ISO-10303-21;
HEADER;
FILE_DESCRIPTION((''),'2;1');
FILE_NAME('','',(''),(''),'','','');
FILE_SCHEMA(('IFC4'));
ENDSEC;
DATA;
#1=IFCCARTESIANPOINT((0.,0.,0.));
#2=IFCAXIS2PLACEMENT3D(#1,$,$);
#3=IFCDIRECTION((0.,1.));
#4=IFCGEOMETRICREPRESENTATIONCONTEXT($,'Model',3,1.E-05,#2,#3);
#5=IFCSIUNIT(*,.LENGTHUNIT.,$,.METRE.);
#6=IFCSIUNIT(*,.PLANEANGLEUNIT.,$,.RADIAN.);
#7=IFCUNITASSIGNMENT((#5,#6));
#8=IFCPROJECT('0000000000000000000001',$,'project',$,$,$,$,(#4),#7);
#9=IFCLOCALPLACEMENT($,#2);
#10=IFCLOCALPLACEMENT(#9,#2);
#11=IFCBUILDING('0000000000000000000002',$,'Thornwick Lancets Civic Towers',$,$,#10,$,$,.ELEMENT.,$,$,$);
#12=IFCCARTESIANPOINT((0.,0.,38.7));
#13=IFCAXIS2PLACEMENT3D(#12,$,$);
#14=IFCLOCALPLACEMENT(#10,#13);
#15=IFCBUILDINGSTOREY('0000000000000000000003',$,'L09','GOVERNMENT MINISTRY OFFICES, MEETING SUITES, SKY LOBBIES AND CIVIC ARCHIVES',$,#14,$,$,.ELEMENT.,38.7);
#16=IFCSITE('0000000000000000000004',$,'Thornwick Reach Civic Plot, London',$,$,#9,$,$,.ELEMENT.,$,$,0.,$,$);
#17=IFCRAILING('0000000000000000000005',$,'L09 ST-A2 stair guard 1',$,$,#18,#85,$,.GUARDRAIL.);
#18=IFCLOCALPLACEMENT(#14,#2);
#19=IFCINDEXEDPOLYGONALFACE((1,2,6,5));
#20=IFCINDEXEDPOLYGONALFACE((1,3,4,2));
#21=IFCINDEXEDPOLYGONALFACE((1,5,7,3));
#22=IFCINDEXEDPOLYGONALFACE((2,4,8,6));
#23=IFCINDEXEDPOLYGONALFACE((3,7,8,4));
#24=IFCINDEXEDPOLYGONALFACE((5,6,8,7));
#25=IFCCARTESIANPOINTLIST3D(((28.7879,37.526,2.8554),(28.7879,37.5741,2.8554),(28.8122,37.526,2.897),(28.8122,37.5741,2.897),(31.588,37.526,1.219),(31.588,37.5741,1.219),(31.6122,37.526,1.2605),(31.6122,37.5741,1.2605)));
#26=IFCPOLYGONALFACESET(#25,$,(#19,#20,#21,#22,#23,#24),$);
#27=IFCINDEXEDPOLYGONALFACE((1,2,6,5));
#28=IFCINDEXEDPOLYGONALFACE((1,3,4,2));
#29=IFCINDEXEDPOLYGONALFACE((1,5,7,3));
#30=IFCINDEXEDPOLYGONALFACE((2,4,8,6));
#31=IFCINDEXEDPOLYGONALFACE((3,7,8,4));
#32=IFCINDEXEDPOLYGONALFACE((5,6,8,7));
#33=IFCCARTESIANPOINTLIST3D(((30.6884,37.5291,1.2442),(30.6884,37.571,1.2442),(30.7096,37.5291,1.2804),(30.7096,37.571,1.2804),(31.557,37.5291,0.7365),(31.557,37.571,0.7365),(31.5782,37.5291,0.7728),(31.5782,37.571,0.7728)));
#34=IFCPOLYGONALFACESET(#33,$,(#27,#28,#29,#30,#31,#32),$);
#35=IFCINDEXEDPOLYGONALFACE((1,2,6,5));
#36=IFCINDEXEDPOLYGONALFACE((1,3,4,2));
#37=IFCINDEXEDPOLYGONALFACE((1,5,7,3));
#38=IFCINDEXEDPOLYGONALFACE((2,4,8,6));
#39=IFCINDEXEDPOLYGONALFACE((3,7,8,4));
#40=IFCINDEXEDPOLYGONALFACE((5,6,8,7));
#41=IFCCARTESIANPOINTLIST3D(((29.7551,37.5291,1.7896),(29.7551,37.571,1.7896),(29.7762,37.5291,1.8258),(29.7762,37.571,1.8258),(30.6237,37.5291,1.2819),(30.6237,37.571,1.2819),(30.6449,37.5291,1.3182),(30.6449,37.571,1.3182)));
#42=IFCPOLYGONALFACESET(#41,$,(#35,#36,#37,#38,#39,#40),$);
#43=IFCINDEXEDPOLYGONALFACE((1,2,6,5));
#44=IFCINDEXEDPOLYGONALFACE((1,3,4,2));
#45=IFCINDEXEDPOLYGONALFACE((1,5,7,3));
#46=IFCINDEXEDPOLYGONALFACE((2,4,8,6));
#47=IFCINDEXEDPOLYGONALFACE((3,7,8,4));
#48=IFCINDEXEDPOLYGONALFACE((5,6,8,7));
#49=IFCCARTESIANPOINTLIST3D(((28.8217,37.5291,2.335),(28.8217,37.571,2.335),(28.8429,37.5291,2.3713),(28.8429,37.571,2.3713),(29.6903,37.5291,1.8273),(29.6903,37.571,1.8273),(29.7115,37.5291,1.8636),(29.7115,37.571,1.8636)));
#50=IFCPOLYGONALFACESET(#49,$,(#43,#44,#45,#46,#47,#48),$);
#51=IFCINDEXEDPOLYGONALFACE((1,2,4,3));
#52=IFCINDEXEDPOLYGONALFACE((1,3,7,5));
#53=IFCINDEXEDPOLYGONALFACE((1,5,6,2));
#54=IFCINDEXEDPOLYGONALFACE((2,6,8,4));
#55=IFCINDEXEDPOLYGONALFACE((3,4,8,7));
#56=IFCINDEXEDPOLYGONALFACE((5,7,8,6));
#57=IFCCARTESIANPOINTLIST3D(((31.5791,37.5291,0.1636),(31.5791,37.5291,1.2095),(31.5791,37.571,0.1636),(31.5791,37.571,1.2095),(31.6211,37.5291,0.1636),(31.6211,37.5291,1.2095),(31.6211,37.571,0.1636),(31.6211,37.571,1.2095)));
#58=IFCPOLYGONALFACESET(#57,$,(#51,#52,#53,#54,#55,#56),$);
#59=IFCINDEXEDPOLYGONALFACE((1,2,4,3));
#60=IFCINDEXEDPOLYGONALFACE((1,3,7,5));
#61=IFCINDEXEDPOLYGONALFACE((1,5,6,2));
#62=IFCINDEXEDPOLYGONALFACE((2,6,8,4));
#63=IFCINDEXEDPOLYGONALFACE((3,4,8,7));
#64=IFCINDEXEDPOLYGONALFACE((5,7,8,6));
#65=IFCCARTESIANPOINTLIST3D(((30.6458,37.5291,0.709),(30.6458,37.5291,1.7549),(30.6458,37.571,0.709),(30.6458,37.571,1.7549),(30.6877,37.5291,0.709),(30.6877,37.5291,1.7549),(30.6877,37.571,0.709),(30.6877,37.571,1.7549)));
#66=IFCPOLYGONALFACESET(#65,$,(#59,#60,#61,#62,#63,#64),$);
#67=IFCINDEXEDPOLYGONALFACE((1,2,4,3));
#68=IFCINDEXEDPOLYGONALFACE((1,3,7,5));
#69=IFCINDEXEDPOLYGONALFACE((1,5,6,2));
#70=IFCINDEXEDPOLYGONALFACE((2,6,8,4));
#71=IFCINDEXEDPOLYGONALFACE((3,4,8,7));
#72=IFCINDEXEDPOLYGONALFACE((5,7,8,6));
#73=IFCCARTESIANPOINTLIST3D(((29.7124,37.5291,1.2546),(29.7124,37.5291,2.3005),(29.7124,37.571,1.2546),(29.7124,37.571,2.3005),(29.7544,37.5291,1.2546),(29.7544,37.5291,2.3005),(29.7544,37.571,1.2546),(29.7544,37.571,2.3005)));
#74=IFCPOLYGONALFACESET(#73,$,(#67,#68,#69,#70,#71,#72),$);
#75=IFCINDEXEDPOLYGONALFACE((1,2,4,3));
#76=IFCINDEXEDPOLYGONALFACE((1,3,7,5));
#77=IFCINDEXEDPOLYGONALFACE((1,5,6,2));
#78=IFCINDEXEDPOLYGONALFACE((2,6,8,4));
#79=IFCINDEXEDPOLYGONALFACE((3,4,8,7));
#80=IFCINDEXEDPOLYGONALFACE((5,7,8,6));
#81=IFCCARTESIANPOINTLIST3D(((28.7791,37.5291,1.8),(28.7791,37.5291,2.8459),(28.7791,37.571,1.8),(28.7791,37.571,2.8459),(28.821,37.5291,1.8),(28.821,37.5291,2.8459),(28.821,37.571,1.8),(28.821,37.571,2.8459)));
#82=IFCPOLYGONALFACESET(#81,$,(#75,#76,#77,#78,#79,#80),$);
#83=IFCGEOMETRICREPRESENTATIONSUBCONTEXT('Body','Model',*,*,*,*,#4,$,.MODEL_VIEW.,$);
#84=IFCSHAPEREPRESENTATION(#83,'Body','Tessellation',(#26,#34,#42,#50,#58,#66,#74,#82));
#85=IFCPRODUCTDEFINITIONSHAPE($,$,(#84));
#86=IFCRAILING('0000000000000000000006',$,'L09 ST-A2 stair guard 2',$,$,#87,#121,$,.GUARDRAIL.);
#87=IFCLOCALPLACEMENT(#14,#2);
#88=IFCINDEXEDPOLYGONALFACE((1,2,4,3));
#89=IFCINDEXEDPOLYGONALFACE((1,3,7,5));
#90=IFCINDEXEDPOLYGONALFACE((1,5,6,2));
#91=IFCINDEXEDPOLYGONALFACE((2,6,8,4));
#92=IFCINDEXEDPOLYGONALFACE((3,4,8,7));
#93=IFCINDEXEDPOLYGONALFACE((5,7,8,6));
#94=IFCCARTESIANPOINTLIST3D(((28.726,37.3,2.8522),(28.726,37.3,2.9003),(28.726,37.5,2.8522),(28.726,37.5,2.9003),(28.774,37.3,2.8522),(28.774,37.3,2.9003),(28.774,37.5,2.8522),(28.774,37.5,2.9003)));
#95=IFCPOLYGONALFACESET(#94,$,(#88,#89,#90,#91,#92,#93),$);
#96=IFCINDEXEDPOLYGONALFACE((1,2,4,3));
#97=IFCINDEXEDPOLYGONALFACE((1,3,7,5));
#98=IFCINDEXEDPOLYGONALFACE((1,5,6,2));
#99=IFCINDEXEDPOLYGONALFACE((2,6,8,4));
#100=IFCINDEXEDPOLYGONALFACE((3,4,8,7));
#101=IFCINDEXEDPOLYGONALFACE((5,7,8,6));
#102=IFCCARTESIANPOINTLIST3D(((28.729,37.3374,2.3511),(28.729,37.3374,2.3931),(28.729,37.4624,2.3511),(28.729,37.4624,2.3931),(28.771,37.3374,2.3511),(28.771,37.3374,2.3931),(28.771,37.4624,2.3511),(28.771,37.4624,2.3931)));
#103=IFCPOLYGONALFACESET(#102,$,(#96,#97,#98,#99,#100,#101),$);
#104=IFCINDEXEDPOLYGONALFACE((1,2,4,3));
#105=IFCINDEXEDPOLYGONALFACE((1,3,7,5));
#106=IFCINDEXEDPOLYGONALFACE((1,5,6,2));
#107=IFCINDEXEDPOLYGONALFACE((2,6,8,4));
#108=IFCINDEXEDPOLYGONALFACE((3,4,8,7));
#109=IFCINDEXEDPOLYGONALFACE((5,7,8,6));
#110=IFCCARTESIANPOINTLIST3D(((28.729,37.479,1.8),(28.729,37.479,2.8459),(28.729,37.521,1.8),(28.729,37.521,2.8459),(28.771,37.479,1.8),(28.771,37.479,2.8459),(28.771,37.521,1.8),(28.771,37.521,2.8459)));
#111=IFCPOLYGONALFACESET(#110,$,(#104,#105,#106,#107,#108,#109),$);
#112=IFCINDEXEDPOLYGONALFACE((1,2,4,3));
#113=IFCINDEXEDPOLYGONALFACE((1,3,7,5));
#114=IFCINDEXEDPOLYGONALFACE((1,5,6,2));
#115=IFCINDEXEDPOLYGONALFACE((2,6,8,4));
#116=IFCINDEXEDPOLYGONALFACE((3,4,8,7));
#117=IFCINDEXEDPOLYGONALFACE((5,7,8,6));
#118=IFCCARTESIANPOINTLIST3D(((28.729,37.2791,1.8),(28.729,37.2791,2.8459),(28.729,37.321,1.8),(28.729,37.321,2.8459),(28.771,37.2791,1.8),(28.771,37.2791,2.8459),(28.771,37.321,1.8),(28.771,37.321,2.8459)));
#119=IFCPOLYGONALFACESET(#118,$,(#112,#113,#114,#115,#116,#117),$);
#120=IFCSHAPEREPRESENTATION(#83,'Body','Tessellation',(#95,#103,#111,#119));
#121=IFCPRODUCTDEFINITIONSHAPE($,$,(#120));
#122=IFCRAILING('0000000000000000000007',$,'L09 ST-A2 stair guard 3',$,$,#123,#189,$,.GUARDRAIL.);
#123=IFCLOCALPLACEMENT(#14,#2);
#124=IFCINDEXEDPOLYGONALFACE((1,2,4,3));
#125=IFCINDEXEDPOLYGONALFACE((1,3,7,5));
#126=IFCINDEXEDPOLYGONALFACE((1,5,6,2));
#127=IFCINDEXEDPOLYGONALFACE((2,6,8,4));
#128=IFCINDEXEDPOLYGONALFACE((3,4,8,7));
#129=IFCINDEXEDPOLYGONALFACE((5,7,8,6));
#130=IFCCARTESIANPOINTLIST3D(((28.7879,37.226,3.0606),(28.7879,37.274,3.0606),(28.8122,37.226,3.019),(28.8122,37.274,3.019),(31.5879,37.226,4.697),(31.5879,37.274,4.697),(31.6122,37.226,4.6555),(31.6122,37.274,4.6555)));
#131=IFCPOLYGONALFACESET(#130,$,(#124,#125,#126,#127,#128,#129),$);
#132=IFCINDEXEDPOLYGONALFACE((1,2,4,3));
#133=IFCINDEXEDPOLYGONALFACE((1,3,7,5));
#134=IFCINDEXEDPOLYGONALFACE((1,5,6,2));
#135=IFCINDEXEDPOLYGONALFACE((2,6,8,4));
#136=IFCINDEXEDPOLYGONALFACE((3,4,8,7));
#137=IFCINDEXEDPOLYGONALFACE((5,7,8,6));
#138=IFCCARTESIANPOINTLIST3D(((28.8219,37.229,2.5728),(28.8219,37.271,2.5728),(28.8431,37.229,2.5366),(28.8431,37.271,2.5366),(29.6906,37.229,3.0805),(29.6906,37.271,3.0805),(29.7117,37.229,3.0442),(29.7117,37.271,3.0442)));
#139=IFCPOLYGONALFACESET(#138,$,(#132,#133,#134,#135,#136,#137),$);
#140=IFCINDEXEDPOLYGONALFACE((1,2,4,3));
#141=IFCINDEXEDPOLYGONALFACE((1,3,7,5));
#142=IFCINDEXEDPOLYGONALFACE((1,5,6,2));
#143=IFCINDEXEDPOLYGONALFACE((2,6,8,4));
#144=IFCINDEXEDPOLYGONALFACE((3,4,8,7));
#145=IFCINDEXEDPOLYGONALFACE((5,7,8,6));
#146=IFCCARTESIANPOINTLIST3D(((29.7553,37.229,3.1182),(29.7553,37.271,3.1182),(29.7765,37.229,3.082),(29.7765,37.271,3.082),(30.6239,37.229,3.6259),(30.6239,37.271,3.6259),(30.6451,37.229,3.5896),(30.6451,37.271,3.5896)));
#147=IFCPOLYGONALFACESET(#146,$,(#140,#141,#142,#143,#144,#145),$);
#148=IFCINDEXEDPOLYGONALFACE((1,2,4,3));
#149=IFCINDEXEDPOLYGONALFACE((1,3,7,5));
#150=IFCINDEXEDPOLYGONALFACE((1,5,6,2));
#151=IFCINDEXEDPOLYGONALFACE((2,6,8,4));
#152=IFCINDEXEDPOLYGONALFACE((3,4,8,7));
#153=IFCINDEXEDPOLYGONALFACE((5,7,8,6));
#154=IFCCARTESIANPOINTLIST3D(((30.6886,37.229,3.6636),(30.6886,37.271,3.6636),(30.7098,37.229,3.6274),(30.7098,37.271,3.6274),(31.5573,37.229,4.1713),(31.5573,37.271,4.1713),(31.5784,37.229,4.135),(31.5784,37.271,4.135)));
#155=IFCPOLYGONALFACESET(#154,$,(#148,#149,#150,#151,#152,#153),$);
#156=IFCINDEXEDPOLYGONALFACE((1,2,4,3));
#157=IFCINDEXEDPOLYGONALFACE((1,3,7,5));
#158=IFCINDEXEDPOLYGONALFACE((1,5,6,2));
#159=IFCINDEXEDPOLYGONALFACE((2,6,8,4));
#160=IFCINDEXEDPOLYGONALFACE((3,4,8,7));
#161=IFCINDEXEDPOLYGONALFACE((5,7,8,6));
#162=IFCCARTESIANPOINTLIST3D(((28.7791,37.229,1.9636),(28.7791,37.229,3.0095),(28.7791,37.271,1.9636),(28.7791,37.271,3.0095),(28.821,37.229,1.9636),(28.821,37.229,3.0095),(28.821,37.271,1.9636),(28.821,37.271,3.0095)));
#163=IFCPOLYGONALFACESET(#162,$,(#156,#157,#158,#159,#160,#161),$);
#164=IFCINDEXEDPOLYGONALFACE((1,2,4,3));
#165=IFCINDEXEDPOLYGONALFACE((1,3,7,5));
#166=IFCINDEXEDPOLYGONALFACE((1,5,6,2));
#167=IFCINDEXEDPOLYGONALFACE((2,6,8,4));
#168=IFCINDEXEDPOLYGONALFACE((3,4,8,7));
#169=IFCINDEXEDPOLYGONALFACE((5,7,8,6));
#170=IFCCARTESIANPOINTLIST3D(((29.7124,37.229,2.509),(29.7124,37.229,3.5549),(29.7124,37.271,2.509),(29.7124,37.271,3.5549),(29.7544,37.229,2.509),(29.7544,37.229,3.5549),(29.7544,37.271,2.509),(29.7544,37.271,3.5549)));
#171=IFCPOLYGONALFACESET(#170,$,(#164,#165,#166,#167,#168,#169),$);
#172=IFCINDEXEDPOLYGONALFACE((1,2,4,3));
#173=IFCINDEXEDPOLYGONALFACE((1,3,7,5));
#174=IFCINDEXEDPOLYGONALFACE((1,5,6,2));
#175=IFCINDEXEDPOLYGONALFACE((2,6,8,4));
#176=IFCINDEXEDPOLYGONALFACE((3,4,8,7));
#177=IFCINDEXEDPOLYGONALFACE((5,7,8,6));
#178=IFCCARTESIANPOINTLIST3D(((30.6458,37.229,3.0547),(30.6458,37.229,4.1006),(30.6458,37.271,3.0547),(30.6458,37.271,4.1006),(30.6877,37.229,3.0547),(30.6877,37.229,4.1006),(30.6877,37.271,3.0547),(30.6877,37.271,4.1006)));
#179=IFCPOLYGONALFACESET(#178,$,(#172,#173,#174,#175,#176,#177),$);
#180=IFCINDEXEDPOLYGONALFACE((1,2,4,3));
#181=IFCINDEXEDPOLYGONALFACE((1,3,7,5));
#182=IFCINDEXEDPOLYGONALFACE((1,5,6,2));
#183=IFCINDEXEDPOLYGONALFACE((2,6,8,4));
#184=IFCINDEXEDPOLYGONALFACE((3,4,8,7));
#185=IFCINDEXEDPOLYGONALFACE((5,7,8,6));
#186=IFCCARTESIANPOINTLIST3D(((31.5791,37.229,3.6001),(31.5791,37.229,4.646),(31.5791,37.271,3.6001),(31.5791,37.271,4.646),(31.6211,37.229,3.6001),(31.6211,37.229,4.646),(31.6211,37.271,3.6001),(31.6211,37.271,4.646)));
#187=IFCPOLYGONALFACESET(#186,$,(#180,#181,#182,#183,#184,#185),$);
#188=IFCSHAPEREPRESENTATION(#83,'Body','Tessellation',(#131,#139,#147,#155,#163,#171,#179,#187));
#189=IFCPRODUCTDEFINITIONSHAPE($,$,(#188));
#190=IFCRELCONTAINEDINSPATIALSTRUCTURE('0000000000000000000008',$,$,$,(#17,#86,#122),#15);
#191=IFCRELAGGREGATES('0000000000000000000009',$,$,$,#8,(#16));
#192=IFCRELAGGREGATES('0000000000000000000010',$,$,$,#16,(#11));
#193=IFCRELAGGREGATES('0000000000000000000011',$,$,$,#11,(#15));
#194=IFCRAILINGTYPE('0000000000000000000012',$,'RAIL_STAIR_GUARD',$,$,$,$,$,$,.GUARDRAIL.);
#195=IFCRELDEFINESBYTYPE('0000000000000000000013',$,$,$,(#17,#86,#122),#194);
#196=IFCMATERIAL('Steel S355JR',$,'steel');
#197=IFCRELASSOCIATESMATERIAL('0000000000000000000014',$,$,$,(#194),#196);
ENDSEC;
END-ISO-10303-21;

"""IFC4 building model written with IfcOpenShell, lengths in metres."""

from ifc_helpers import new_model, si_unit, direction, frame, origin, origin_2d, place, context, subcontext, project, spatial, rectangle, extrude, material, type_object, element, save


model = new_model("IFC4")

# Units and contexts
model_context = context("Model", 3, precision=1e-05, world=origin(), true_north=direction((0.0, 1.0)))
body_context = subcontext(model_context, "Body", "Model", "MODEL_VIEW")
ifc_project = project(units=[si_unit("LENGTHUNIT", "METRE"), si_unit("PLANEANGLEUNIT", "RADIAN")], contexts=[model_context])

# Site, building, storey
site_placement = place(None, origin())
site = spatial("IfcSite", under=ifc_project, at=site_placement, Name="Thornwick Reach Civic Plot, London", CompositionType="ELEMENT", RefElevation=0.0)
building_placement = place(site_placement, origin())
building = spatial("IfcBuilding", under=site, at=building_placement, Name="Thornwick Lancets Civic Towers", CompositionType="ELEMENT")
storey_placement = place(building_placement, frame((0.0, 0.0, 38.7)))
storey = spatial("IfcBuildingStorey", under=building, at=storey_placement, Name="L09", Description="GOVERNMENT MINISTRY OFFICES, MEETING SUITES, SKY LOBBIES AND CIVIC ARCHIVES", CompositionType="ELEMENT", Elevation=38.7)

# Shared definitions
ifc_material_1 = material(Name="Steel S355JR", Category="steel")

# Railings
railing_type_1 = type_object("IfcRailingType", Name="RAIL_STAIR_GUARD", PredefinedType="GUARDRAIL", material=ifc_material_1)
railing_1_placement = place(storey_placement, frame((31.6001, 37.55, 0.1636)))
element("IfcRailing", 1, at=railing_1_placement, inside=storey, type_object=railing_type_1, Name="L09 ST-A2 stair guard 1", PredefinedType="GUARDRAIL", context=body_context, shape_type="SweptSolid", body=[
    extrude(rectangle(XDim=0.0481, YDim=0.0481, at=origin_2d()), frame((0.0, 0.0, 1.0762), z_axis=(-0.863361, 0.0, 0.504587), x_axis=(0.0, -1.0, 0.0)), (0.0, 0.0, 1.0), 3.2432),
    extrude(rectangle(XDim=0.042, YDim=0.042, at=origin_2d()), frame((-0.0325, 0.0, 0.5911), z_axis=(-0.863361, 0.0, 0.504587), x_axis=(0.0, -1.0, 0.0)), (0.0, 0.0, 1.0), 1.0061),
    extrude(rectangle(XDim=0.042, YDim=0.042, at=origin_2d()), frame((-0.9658, 0.0, 1.1365), z_axis=(-0.863361, 0.0, 0.504587), x_axis=(0.0, -1.0, 0.0)), (0.0, 0.0, 1.0), 1.0061),
    extrude(rectangle(XDim=0.042, YDim=0.042, at=origin_2d()), frame((-1.8992, 0.0, 1.6819), z_axis=(-0.863361, 0.0, 0.504587), x_axis=(0.0, -1.0, 0.0)), (0.0, 0.0, 1.0), 1.0061),
    extrude(rectangle(XDim=0.042, YDim=0.042, at=origin_2d()), origin(), (0.0, 0.0, 1.0), 1.0459),
    extrude(rectangle(XDim=0.042, YDim=0.042, at=origin_2d()), frame((-0.9333, 0.0, 0.5454)), (0.0, 0.0, 1.0), 1.0459),
    extrude(rectangle(XDim=0.042, YDim=0.042, at=origin_2d()), frame((-1.8667, 0.0, 1.0911)), (0.0, 0.0, 1.0), 1.0459),
    extrude(rectangle(XDim=0.042, YDim=0.042, at=origin_2d()), frame((-2.8, 0.0, 1.6365)), (0.0, 0.0, 1.0), 1.0459),
])
railing_2_placement = place(storey_placement, frame((28.75, 37.5, 1.8)))
element("IfcRailing", 2, at=railing_2_placement, inside=storey, type_object=railing_type_1, Name="L09 ST-A2 stair guard 2", PredefinedType="GUARDRAIL", context=body_context, shape_type="SweptSolid", body=[
    extrude(rectangle(XDim=0.0481, YDim=0.0481, at=origin_2d()), frame((0.0, 0.0, 1.0762), z_axis=(0.0, -1.0, 0.0), x_axis=(1.0, 0.0, 0.0)), (0.0, 0.0, 1.0), 0.2),
    extrude(rectangle(XDim=0.042, YDim=0.042, at=origin_2d()), frame((0.0, -0.0376, 0.572), z_axis=(0.0, -1.0, 0.0), x_axis=(1.0, 0.0, 0.0)), (0.0, 0.0, 1.0), 0.125),
    extrude(rectangle(XDim=0.042, YDim=0.042, at=origin_2d()), origin(), (0.0, 0.0, 1.0), 1.0459),
    extrude(rectangle(XDim=0.042, YDim=0.042, at=origin_2d()), frame((0.0, -0.2, 0.0)), (0.0, 0.0, 1.0), 1.0459),
])
railing_3_placement = place(storey_placement, frame((28.8, 37.25, 1.9636)))
element("IfcRailing", 3, at=railing_3_placement, inside=storey, type_object=railing_type_1, Name="L09 ST-A2 stair guard 3", PredefinedType="GUARDRAIL", context=body_context, shape_type="SweptSolid", body=[
    extrude(rectangle(XDim=0.0481, YDim=0.0481, at=origin_2d()), frame((0.0, 0.0, 1.0762), z_axis=(0.863361, 0.0, 0.504587), x_axis=(0.0, 1.0, 0.0)), (0.0, 0.0, 1.0), 3.2432),
    extrude(rectangle(XDim=0.042, YDim=0.042, at=origin_2d()), frame((0.0325, 0.0, 0.5911), z_axis=(0.863361, 0.0, 0.504587), x_axis=(0.0, 1.0, 0.0)), (0.0, 0.0, 1.0), 1.0061),
    extrude(rectangle(XDim=0.042, YDim=0.042, at=origin_2d()), frame((0.9658, 0.0, 1.1365), z_axis=(0.863361, 0.0, 0.504587), x_axis=(0.0, 1.0, 0.0)), (0.0, 0.0, 1.0), 1.0061),
    extrude(rectangle(XDim=0.042, YDim=0.042, at=origin_2d()), frame((1.8992, 0.0, 1.6819), z_axis=(0.863361, 0.0, 0.504587), x_axis=(0.0, 1.0, 0.0)), (0.0, 0.0, 1.0), 1.0061),
    extrude(rectangle(XDim=0.042, YDim=0.042, at=origin_2d()), origin(), (0.0, 0.0, 1.0), 1.0459),
    extrude(rectangle(XDim=0.042, YDim=0.042, at=origin_2d()), frame((0.9333, 0.0, 0.5454)), (0.0, 0.0, 1.0), 1.0459),
    extrude(rectangle(XDim=0.042, YDim=0.042, at=origin_2d()), frame((1.8667, 0.0, 1.0911)), (0.0, 0.0, 1.0), 1.0459),
    extrude(rectangle(XDim=0.042, YDim=0.042, at=origin_2d()), frame((2.8, 0.0, 1.6365)), (0.0, 0.0, 1.0), 1.0459),
])

save(model, "model.ifc")
